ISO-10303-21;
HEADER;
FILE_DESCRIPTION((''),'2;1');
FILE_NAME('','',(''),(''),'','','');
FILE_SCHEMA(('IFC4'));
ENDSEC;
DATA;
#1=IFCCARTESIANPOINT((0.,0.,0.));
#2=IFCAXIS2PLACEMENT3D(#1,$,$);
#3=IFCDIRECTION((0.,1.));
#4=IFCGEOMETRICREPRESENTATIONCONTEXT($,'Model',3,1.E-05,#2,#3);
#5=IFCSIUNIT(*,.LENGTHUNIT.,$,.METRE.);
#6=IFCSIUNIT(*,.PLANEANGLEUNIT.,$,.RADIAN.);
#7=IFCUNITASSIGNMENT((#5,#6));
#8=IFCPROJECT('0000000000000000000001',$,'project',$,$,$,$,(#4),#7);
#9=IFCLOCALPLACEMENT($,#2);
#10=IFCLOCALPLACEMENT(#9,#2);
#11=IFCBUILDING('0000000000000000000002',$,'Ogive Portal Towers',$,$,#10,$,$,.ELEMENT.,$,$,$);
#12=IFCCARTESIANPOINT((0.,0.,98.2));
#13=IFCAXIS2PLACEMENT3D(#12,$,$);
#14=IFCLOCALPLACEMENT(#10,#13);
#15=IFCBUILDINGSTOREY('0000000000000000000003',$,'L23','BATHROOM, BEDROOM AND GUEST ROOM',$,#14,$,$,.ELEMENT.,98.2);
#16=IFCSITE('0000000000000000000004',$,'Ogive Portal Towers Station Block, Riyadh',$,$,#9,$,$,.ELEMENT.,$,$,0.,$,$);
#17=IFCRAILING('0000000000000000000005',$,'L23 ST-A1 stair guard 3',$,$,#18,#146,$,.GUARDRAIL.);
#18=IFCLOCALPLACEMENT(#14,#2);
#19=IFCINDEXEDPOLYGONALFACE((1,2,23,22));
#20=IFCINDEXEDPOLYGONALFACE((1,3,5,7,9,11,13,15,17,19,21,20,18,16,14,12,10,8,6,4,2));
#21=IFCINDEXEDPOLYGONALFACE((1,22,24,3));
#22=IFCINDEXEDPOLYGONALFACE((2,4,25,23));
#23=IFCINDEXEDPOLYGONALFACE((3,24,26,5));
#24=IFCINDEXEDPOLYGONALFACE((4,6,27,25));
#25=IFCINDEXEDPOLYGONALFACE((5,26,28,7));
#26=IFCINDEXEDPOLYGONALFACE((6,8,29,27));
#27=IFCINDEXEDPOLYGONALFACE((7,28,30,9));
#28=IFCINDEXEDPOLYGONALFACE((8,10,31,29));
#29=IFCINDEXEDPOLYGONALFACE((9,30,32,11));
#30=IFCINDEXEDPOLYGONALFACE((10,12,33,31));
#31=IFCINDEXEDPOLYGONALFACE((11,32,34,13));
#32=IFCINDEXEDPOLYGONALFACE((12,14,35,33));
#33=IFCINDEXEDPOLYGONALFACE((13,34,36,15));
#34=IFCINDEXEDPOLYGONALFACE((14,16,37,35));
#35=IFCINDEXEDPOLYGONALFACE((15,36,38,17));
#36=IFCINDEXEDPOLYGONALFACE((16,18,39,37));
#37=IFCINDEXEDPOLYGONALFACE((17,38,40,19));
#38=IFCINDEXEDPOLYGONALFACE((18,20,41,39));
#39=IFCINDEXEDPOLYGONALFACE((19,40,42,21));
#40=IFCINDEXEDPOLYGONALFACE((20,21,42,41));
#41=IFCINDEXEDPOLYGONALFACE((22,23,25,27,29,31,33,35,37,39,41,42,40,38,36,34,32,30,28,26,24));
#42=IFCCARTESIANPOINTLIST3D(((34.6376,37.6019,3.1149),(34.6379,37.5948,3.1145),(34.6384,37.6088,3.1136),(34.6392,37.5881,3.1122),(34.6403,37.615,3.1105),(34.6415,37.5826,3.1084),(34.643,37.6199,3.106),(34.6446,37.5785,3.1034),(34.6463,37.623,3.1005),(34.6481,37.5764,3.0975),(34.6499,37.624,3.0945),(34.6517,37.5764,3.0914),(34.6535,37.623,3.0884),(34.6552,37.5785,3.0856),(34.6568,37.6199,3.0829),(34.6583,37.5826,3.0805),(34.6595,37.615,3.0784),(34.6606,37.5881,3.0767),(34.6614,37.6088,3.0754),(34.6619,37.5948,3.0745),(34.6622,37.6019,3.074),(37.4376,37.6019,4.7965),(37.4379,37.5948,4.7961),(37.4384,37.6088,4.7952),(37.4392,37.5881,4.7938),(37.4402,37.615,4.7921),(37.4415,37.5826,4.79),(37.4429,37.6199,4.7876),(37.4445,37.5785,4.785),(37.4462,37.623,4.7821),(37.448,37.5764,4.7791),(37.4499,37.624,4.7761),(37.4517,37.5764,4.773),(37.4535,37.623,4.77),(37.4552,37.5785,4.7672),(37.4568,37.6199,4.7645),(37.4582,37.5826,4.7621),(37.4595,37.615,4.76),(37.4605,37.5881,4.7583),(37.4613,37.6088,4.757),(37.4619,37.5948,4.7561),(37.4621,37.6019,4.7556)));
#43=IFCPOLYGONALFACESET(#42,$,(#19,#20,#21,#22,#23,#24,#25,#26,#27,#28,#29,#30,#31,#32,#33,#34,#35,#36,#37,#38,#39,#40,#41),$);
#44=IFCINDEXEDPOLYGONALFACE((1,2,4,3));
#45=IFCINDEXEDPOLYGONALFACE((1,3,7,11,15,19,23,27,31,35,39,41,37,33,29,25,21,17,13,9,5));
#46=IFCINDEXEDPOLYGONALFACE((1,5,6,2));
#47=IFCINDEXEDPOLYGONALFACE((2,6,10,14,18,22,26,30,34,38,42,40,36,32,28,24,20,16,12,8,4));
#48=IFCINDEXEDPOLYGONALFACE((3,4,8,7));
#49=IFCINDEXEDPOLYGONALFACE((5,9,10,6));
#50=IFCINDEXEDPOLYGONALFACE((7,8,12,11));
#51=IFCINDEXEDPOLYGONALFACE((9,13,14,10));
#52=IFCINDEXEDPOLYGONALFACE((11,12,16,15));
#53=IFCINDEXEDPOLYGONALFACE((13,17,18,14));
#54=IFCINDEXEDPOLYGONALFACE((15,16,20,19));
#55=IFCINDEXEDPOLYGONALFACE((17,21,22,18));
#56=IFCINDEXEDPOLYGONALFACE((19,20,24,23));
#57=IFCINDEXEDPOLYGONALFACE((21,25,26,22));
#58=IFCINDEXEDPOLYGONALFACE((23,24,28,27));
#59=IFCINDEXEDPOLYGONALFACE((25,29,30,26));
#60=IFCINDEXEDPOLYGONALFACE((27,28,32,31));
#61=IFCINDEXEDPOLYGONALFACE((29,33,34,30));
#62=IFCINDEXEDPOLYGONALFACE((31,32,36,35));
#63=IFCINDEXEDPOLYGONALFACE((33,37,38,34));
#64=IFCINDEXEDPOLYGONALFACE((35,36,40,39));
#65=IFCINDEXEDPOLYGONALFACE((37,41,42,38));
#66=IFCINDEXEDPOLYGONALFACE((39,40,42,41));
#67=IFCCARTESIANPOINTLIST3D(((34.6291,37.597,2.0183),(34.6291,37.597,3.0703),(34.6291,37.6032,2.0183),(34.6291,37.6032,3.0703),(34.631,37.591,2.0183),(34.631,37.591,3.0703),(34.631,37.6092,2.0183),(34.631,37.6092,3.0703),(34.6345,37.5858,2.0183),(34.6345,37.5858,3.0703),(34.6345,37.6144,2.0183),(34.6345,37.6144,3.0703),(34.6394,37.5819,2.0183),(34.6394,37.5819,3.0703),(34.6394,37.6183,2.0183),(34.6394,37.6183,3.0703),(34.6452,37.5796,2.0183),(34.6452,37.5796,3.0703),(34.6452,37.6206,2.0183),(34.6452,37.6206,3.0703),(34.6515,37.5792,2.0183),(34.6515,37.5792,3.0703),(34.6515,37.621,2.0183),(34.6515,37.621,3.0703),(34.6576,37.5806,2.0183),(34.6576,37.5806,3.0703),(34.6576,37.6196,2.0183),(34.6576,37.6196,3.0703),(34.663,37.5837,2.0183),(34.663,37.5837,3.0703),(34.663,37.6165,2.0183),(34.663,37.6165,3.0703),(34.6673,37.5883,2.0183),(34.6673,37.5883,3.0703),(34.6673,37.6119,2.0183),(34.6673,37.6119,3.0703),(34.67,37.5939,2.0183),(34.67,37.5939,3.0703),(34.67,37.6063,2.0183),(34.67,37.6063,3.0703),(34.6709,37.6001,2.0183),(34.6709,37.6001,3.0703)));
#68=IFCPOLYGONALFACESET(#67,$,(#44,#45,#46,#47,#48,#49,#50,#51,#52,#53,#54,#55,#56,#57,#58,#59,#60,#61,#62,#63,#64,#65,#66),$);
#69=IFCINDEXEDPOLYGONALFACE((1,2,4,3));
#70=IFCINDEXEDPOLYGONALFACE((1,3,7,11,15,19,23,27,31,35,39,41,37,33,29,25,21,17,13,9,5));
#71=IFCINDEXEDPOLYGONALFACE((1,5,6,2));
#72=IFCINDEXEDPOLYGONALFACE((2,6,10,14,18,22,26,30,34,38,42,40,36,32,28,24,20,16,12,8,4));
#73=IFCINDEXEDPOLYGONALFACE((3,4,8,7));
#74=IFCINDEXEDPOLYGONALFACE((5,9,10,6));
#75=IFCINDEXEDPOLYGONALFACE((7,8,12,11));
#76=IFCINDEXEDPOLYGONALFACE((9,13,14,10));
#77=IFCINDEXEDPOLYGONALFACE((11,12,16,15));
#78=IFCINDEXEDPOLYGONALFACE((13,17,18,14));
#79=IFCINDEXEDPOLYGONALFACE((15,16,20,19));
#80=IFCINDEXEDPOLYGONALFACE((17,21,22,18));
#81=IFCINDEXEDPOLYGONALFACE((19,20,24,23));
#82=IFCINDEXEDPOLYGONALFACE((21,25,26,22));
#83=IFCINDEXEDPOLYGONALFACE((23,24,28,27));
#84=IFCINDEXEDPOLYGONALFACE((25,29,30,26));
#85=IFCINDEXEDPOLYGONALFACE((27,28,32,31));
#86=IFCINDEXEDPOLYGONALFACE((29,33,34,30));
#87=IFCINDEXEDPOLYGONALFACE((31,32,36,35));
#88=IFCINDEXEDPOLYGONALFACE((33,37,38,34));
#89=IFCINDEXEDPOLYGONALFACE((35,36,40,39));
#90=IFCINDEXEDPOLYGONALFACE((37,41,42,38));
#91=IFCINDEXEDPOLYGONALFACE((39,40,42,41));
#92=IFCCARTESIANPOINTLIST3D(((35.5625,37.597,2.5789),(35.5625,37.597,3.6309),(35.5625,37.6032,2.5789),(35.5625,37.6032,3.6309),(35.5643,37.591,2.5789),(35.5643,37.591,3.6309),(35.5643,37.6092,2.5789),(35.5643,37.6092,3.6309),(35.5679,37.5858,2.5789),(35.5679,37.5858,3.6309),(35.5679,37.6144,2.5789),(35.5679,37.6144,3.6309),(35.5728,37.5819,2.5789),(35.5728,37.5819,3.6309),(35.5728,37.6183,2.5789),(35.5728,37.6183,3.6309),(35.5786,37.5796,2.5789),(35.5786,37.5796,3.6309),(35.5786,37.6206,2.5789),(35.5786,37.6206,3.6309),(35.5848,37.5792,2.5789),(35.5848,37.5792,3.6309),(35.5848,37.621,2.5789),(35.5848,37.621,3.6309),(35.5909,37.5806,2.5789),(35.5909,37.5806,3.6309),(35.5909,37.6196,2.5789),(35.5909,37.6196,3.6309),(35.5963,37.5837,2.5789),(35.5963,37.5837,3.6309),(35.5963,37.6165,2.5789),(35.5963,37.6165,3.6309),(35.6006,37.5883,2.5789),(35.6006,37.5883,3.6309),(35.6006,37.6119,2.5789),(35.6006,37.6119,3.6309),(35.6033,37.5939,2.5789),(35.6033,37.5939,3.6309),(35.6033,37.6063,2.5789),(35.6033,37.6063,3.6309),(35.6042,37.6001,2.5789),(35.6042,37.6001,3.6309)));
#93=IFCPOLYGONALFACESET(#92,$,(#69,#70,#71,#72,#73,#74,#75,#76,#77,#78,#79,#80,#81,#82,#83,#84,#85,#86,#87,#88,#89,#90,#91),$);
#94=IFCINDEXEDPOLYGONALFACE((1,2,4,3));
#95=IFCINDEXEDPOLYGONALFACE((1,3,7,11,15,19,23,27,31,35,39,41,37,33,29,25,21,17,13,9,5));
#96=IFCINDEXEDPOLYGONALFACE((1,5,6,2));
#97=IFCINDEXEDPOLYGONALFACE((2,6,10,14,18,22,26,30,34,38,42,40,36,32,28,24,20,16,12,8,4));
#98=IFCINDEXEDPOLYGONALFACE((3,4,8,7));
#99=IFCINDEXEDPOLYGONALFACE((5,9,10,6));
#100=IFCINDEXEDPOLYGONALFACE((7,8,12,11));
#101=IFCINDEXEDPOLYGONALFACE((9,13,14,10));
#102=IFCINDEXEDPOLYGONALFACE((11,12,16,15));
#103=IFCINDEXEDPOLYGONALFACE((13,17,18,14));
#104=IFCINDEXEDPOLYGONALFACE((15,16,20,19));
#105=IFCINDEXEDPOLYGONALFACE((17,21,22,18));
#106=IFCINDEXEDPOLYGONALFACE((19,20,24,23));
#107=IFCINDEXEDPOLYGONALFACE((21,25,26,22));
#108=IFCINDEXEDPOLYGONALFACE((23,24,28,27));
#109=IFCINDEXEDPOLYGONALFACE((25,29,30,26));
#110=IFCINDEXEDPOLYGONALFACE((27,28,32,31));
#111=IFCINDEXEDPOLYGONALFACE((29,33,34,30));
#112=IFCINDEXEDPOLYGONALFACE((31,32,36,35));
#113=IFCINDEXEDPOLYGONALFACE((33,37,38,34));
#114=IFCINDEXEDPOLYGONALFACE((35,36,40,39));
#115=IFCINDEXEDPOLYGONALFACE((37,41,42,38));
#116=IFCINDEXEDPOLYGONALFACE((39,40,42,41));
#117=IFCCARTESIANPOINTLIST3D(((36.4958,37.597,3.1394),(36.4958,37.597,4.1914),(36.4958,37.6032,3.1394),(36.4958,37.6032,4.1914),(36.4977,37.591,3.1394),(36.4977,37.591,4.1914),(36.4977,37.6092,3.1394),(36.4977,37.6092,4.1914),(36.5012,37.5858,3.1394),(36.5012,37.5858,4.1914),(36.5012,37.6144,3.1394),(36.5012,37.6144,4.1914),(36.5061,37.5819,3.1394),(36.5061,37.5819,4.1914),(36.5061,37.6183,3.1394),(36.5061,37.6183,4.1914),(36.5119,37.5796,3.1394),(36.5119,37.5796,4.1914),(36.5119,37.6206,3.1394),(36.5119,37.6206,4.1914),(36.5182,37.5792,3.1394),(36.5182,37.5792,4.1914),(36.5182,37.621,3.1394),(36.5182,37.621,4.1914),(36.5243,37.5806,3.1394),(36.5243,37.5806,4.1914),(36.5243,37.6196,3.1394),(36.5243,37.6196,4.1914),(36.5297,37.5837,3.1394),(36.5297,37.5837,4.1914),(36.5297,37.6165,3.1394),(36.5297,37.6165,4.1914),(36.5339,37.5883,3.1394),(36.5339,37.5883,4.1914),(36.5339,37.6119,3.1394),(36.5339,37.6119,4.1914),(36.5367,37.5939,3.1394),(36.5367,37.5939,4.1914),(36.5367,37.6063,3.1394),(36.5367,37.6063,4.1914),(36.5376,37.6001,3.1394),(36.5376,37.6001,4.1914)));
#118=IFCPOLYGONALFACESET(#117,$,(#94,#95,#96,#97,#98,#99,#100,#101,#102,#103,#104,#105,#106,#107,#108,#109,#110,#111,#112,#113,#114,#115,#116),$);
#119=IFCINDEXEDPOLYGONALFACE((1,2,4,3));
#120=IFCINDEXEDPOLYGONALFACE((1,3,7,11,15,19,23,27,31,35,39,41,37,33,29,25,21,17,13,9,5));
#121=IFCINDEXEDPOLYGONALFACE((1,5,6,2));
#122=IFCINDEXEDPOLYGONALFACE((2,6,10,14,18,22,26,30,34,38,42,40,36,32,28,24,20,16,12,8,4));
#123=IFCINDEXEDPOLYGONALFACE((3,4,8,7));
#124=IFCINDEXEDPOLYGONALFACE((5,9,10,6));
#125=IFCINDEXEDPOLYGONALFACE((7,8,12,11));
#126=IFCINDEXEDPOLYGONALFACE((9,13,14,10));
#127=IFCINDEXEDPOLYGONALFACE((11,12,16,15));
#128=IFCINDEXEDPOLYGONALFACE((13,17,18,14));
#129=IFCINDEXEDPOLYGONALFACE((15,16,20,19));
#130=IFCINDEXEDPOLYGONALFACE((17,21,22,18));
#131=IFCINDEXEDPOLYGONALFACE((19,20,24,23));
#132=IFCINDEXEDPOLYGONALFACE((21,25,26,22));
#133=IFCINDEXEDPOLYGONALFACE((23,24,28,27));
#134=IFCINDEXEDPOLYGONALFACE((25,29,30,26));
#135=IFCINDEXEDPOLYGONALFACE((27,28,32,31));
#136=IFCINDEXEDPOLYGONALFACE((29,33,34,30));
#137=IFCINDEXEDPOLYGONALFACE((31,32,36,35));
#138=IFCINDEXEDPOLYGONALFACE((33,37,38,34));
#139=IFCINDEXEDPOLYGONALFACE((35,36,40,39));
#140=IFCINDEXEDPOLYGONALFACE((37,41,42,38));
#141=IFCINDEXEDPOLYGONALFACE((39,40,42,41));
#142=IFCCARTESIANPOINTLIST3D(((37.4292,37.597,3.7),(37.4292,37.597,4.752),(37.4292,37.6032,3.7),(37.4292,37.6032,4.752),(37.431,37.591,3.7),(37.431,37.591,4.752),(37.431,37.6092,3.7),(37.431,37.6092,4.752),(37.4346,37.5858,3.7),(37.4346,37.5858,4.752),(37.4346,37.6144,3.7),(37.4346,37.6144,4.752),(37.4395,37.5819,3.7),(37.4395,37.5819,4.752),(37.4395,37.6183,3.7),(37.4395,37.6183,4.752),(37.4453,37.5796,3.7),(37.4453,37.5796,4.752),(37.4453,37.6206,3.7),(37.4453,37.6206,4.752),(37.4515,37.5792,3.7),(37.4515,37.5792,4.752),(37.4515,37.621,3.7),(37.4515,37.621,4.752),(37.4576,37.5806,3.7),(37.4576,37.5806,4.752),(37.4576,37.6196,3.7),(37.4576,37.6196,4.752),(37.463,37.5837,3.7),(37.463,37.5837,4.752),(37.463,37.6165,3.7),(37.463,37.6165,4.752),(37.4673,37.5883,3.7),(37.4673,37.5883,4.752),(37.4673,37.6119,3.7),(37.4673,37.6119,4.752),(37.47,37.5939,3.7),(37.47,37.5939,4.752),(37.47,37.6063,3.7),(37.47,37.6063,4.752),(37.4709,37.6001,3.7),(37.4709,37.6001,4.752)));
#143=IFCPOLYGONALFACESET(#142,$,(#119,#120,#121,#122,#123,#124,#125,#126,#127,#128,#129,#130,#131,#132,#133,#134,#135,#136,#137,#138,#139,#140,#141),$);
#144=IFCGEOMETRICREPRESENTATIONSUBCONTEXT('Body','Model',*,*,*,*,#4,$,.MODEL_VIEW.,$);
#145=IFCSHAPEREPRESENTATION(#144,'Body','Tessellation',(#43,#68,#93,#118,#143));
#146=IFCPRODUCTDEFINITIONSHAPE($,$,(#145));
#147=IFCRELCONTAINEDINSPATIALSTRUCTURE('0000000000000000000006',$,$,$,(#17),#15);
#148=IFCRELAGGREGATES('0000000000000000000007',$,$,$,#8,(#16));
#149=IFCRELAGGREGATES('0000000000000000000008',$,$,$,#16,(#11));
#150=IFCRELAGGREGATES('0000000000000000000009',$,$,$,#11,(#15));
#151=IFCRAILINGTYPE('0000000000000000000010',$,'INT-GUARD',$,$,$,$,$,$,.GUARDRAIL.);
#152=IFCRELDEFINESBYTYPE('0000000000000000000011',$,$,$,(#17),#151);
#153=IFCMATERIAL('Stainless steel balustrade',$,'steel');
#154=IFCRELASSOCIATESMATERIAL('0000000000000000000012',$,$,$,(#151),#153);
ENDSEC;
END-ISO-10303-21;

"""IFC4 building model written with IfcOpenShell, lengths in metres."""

from ifc_helpers import new_model, si_unit, direction, frame, origin, origin_2d, place, context, subcontext, project, spatial, circle, extrude, material, type_object, element, save


model = new_model("IFC4")

# Units and contexts
model_context = context("Model", 3, precision=1e-05, world=origin(), true_north=direction((0.0, 1.0)))
body_context = subcontext(model_context, "Body", "Model", "MODEL_VIEW")
ifc_project = project(units=[si_unit("LENGTHUNIT", "METRE"), si_unit("PLANEANGLEUNIT", "RADIAN")], contexts=[model_context])

# Site, building, storey
site_placement = place(None, origin())
site = spatial("IfcSite", under=ifc_project, at=site_placement, Name="Ogive Portal Towers Station Block, Riyadh", CompositionType="ELEMENT", RefElevation=0.0)
building_placement = place(site_placement, origin())
building = spatial("IfcBuilding", under=site, at=building_placement, Name="Ogive Portal Towers", CompositionType="ELEMENT")
storey_placement = place(building_placement, frame((0.0, 0.0, 98.2)))
storey = spatial("IfcBuildingStorey", under=building, at=storey_placement, Name="L23", Description="BATHROOM, BEDROOM AND GUEST ROOM", CompositionType="ELEMENT", Elevation=98.2)

# Railing
ifc_material_1 = material(Name="Stainless steel balustrade", Category="steel")
railing_type_1 = type_object("IfcRailingType", Name="INT-GUARD", PredefinedType="GUARDRAIL", material=ifc_material_1)
railing_1_placement = place(storey_placement, frame((34.6499, 37.6001, 2.0183)))
element("IfcRailing", 1, at=railing_1_placement, inside=storey, type_object=railing_type_1, Name="L23 ST-A1 stair guard 3", PredefinedType="GUARDRAIL", context=body_context, shape_type="SweptSolid", body=[
    extrude(circle(Radius=0.0239, at=origin_2d()), frame((0.0, 0.0, 1.0762), z_axis=(0.857275, 0.0, 0.514858), x_axis=(0.0, 1.0, 0.0)), (0.0, 0.0, 1.0), 3.2661),
    extrude(circle(Radius=0.021, at=origin_2d()), origin(), (0.0, 0.0, 1.0), 1.052),
    extrude(circle(Radius=0.021, at=origin_2d()), frame((0.9333, 0.0, 0.5605)), (0.0, 0.0, 1.0), 1.052),
    extrude(circle(Radius=0.021, at=origin_2d()), frame((1.8667, 0.0, 1.1211)), (0.0, 0.0, 1.0), 1.052),
    extrude(circle(Radius=0.021, at=origin_2d()), frame((2.8, 0.0, 1.6816)), (0.0, 0.0, 1.0), 1.052),
])

save(model, "model.ifc")
